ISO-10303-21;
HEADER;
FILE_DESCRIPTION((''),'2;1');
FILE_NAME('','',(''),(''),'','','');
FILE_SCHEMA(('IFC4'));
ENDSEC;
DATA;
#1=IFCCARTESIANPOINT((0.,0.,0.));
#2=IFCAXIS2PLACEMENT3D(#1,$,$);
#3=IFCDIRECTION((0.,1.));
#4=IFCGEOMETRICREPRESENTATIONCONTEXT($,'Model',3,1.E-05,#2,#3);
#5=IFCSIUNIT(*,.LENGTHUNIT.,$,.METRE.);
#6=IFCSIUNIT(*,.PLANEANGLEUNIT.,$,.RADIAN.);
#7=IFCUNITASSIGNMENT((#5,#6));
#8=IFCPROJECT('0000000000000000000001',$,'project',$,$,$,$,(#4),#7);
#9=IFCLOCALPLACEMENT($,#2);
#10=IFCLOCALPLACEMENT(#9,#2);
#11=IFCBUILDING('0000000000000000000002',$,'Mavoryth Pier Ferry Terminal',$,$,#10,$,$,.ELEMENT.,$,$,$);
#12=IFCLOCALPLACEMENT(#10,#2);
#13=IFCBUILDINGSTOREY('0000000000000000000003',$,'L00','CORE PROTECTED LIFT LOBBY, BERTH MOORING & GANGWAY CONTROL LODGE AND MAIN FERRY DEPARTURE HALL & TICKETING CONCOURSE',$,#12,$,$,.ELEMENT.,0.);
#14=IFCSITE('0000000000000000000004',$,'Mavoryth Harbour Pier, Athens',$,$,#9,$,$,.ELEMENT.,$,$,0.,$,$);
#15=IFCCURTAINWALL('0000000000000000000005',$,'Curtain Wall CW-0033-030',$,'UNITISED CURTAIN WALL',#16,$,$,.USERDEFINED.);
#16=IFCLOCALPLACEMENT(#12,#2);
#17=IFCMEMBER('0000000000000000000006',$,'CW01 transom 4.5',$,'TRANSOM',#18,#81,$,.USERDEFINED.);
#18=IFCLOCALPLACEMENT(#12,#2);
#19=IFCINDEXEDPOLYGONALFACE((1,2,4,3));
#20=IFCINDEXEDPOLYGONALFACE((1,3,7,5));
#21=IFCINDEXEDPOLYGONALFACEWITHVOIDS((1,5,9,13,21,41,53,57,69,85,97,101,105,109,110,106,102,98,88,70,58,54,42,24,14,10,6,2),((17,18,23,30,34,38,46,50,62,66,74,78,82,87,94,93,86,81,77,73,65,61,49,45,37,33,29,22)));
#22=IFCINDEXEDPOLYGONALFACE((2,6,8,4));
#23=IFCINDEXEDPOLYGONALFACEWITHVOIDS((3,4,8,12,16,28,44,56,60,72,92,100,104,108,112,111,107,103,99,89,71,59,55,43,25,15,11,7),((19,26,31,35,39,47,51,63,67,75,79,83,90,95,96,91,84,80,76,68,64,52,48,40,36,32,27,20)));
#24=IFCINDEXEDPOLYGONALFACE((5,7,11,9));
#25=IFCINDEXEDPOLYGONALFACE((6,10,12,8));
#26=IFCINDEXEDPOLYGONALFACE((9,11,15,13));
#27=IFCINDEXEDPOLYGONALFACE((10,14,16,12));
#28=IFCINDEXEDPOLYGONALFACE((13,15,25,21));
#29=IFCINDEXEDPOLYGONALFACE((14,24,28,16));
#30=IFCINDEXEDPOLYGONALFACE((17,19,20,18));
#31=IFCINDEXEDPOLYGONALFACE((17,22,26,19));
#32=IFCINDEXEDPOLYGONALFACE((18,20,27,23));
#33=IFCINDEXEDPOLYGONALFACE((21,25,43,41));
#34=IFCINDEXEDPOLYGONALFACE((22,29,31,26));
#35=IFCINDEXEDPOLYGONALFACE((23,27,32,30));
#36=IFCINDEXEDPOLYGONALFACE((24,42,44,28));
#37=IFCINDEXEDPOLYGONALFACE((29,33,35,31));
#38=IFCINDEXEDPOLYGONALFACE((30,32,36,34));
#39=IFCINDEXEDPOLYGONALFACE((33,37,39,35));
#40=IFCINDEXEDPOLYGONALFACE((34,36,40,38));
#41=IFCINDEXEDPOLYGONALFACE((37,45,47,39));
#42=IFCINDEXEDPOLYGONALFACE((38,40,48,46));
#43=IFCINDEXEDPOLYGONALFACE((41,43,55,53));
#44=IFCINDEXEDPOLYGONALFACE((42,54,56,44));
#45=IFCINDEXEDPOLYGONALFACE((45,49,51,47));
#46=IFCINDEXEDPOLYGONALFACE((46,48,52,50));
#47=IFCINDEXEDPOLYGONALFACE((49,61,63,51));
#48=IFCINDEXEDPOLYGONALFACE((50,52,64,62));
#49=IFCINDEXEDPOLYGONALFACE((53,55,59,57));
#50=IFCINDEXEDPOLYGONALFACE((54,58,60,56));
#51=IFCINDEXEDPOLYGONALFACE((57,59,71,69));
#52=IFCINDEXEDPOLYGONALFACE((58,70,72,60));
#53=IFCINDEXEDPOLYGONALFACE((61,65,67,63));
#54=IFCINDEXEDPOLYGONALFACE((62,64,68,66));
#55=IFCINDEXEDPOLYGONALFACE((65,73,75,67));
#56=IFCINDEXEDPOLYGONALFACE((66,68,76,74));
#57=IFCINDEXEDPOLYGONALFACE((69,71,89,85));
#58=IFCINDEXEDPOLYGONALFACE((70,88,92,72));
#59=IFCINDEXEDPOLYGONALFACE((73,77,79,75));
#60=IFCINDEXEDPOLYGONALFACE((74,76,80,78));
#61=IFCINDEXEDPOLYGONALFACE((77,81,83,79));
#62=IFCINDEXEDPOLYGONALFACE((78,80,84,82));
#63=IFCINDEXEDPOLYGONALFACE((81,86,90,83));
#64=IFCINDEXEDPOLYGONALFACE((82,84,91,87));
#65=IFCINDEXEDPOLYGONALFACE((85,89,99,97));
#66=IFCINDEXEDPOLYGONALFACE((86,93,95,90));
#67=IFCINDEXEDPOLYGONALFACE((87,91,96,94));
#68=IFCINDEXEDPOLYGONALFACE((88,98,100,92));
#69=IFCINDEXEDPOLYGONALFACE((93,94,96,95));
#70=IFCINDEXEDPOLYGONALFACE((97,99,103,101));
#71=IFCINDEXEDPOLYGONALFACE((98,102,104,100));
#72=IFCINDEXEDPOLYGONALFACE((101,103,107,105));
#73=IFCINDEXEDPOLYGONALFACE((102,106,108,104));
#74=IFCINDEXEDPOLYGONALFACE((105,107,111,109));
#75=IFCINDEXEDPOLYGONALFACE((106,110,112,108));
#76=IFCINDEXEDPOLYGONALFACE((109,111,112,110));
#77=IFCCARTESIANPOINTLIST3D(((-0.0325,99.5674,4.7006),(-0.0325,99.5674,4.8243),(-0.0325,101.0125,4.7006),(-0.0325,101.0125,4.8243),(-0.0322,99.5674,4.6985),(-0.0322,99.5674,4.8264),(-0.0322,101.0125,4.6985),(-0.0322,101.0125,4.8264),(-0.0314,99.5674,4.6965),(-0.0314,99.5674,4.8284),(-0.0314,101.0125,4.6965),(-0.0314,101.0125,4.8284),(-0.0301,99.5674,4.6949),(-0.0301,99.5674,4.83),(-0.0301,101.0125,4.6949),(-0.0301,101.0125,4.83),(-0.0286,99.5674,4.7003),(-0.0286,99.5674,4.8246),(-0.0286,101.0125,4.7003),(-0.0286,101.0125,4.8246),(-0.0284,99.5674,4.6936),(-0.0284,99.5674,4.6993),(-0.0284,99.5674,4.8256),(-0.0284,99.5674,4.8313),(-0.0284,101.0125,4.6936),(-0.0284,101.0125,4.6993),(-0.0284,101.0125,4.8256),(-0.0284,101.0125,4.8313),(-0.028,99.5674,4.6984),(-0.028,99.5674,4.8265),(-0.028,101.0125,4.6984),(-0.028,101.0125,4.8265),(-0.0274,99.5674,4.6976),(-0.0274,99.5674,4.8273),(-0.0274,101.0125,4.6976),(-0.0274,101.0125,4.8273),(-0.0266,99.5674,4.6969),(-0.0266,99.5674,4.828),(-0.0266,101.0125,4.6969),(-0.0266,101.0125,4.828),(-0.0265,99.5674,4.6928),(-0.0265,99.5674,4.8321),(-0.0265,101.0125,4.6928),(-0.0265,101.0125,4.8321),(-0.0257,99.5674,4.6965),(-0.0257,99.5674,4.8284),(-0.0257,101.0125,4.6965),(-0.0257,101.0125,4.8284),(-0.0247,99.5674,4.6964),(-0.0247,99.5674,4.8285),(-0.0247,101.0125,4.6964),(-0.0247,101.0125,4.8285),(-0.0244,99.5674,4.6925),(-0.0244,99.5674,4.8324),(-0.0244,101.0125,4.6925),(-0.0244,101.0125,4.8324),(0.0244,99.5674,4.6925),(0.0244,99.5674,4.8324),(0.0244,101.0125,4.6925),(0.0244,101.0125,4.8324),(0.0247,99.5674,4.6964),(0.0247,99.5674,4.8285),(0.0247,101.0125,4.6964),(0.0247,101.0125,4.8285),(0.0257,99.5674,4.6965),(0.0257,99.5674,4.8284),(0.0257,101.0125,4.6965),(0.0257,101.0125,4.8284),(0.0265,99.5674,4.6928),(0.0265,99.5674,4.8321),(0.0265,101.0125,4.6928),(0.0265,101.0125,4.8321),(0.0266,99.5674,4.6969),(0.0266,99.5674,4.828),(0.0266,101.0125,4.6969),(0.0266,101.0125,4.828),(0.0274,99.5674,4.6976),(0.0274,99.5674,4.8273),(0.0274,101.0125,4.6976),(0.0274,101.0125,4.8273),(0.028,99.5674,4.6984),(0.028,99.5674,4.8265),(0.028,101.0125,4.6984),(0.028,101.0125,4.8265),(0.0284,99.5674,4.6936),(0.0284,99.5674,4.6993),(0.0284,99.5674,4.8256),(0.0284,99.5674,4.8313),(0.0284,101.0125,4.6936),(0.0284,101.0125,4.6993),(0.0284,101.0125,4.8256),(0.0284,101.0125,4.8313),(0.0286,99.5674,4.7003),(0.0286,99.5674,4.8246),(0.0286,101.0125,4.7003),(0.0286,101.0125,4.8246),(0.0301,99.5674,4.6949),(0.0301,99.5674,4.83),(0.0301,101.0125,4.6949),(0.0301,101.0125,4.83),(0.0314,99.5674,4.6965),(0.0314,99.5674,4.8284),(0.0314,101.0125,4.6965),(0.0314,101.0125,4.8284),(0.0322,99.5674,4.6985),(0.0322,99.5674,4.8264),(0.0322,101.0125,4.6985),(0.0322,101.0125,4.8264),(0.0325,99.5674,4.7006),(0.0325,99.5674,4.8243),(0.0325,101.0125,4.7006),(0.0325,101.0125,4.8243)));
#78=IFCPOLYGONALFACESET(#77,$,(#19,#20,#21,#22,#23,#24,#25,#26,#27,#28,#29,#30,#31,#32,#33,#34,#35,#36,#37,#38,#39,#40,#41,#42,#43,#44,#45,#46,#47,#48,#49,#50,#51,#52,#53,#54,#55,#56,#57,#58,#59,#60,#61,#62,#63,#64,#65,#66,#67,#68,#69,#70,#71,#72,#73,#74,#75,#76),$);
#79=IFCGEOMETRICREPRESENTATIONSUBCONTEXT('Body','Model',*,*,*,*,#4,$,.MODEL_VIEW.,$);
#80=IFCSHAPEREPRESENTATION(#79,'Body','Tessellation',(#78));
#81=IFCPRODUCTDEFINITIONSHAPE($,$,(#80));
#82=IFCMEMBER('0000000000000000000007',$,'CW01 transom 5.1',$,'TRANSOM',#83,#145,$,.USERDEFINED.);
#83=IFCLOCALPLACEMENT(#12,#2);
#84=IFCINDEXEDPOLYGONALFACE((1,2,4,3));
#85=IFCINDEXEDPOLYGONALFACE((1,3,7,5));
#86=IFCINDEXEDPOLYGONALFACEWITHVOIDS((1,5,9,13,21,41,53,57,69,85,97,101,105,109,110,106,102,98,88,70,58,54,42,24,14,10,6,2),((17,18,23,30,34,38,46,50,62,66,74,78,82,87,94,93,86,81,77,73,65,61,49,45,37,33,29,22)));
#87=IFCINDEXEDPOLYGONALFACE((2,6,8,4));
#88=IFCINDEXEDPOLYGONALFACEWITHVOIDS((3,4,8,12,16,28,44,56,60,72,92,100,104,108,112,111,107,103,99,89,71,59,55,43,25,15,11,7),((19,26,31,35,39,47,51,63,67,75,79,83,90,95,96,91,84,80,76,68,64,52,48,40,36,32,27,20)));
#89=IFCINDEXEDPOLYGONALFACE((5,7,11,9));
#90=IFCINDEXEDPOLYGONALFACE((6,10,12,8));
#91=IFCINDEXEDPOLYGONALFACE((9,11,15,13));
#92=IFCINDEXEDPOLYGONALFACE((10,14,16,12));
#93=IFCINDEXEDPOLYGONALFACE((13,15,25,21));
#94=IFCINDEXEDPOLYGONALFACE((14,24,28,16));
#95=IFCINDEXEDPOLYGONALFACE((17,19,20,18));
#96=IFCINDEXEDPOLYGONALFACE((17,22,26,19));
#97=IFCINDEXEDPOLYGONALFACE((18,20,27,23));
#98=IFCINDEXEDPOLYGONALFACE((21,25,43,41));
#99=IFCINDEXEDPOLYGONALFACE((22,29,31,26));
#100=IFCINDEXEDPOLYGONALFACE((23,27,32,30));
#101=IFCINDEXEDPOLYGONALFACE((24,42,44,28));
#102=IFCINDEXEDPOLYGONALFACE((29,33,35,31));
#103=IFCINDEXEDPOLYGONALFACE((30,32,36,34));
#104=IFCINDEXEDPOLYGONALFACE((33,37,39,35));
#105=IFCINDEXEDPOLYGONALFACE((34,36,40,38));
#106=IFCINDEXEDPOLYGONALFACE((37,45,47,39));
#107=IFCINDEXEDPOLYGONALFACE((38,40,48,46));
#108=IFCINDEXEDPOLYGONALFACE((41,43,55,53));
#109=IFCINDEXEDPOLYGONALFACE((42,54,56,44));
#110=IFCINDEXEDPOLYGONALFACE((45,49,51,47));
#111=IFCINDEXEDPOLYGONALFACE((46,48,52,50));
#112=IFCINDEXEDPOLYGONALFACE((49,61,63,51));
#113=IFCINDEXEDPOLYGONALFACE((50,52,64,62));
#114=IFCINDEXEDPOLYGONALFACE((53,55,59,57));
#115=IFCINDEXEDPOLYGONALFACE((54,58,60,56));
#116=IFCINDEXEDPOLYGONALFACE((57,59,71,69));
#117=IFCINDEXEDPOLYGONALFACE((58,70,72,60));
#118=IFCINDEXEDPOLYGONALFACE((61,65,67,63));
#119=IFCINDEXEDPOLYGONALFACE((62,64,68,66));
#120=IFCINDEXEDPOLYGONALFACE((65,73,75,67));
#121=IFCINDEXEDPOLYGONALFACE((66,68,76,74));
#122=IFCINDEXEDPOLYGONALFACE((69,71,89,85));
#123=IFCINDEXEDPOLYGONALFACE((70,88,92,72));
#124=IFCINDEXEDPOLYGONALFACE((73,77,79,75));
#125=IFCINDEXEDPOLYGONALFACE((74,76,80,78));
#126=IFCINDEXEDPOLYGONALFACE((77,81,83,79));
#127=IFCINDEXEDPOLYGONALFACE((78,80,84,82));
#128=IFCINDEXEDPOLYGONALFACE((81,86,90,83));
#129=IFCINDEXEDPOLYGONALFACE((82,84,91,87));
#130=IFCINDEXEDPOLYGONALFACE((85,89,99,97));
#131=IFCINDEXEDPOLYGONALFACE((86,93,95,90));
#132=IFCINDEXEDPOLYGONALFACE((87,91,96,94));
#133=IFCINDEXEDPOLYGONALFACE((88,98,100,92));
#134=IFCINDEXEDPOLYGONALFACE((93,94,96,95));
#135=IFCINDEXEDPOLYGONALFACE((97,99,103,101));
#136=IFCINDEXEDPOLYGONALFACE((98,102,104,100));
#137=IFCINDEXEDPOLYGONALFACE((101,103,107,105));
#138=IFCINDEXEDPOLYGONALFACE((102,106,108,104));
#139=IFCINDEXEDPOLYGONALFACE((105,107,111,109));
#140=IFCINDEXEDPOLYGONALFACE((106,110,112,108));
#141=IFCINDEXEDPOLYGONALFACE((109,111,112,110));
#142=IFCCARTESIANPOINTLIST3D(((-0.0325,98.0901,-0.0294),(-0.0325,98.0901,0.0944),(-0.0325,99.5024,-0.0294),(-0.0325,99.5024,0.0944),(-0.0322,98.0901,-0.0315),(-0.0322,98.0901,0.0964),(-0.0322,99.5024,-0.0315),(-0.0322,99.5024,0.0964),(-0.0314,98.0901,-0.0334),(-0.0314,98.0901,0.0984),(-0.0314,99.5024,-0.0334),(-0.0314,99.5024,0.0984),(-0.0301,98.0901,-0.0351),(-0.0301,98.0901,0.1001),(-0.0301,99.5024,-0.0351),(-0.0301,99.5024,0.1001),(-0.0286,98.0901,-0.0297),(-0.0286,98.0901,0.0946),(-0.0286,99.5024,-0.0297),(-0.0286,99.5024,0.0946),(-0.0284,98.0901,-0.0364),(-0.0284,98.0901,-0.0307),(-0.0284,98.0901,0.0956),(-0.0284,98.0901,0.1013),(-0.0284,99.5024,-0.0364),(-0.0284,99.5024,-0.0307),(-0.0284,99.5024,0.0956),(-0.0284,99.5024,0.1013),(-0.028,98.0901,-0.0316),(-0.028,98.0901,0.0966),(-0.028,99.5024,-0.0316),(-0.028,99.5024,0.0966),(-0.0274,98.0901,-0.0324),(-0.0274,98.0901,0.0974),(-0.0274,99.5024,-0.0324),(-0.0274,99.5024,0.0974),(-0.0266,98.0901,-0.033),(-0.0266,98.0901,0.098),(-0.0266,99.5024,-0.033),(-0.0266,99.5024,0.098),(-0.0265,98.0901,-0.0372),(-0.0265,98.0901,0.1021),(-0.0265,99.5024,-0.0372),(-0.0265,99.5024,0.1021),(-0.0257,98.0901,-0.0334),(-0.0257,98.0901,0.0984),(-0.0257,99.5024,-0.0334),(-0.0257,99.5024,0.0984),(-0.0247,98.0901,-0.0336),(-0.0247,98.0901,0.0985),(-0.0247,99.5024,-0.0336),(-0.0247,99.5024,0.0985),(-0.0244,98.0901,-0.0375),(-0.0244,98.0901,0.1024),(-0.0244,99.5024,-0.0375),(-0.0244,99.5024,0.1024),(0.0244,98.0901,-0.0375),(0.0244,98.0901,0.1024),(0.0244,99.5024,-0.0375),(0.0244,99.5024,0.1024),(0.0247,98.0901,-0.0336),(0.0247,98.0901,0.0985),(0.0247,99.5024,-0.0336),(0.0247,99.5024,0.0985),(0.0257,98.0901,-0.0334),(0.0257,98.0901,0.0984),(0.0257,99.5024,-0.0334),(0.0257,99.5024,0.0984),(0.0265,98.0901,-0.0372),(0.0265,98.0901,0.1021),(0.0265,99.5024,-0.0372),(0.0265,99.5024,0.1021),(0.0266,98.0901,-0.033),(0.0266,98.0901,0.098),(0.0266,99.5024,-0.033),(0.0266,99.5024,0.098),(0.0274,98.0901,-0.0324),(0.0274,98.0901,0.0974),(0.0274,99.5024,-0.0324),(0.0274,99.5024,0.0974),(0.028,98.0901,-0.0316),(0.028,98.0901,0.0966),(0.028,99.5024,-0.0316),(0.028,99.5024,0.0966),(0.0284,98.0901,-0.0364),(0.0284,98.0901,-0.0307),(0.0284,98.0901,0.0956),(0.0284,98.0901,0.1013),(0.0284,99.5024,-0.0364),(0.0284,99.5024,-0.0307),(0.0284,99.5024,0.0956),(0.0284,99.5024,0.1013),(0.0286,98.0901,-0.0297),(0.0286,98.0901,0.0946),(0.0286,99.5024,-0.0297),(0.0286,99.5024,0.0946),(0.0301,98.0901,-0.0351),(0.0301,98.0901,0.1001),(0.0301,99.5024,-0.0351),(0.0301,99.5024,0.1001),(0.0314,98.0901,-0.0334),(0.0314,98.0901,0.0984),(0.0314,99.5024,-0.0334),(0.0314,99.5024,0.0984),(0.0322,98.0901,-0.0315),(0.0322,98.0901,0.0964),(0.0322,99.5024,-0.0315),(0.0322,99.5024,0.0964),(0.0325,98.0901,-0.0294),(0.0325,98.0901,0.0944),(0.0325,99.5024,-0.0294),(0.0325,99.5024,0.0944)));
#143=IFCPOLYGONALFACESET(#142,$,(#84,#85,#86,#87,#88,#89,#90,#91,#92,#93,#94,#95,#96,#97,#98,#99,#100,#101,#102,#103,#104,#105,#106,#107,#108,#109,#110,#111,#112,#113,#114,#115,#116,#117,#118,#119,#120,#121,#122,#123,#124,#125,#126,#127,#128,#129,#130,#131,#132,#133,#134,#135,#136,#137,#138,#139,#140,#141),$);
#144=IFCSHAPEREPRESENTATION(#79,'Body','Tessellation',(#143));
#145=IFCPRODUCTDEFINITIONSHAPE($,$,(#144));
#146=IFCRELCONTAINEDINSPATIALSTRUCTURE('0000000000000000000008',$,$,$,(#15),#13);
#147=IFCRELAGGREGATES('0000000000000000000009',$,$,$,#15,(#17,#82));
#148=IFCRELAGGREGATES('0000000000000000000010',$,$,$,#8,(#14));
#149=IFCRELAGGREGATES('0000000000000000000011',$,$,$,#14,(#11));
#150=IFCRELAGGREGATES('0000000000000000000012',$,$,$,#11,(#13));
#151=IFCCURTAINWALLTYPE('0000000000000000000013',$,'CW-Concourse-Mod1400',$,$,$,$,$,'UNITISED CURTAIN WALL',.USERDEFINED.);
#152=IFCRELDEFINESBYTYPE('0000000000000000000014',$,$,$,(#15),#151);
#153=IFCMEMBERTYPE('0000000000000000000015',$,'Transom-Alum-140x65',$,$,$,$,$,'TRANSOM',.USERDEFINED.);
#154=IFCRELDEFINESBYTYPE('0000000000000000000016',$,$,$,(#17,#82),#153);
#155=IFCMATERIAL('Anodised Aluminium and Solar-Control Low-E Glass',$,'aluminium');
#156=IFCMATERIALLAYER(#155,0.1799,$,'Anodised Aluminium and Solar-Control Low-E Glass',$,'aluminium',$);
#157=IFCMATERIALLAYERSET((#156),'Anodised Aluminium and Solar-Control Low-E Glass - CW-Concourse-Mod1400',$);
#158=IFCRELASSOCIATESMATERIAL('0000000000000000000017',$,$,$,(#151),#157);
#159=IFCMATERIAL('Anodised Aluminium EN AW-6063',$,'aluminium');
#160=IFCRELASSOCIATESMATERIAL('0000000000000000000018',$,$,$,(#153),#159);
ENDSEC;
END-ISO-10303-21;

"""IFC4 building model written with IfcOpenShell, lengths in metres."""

from ifc_helpers import new_model, si_unit, direction, frame, origin, origin_2d, place, context, subcontext, project, spatial, hollow_rectangle, extrude, material, layer, layer_set, material_profile, profile_set, type_object, element, aggregate, save


model = new_model("IFC4")

# Units and contexts
model_context = context("Model", 3, precision=1e-05, world=origin(), true_north=direction((0.0, 1.0)))
body_context = subcontext(model_context, "Body", "Model", "MODEL_VIEW")
ifc_project = project(units=[si_unit("LENGTHUNIT", "METRE"), si_unit("PLANEANGLEUNIT", "RADIAN")], contexts=[model_context])

# Site, building, storey
site_placement = place(None, origin())
site = spatial("IfcSite", under=ifc_project, at=site_placement, Name="Mavoryth Harbour Pier, Athens", CompositionType="ELEMENT", RefElevation=0.0)
building_placement = place(site_placement, origin())
building = spatial("IfcBuilding", under=site, at=building_placement, Name="Mavoryth Pier Ferry Terminal", CompositionType="ELEMENT")
storey_placement = place(building_placement, origin())
storey = spatial("IfcBuildingStorey", under=building, at=storey_placement, Name="L00", Description="CORE PROTECTED LIFT LOBBY, BERTH MOORING & GANGWAY CONTROL LODGE AND MAIN FERRY DEPARTURE HALL & TICKETING CONCOURSE", CompositionType="ELEMENT", Elevation=0.0)

# Curtain wall, members
ifc_material_1 = material(Name="Anodised Aluminium and Solar-Control Low-E Glass", Category="aluminium")
ifc_layer_1 = layer(ifc_material_1, 0.1799, Name="Anodised Aluminium and Solar-Control Low-E Glass", Category="aluminium")
ifc_layer_set_1 = layer_set([ifc_layer_1], Name="Anodised Aluminium and Solar-Control Low-E Glass - CW-Concourse-Mod1400")
curtain_wall_type = type_object("IfcCurtainWallType", Name="CW-Concourse-Mod1400", ElementType="UNITISED CURTAIN WALL", PredefinedType="USERDEFINED", material=ifc_layer_set_1)
curtain_wall_placement = place(storey_placement, origin())
curtain_wall = element("IfcCurtainWall", 1, at=curtain_wall_placement, inside=storey, type_object=curtain_wall_type, Name="Curtain Wall CW-0033-030", ObjectType="UNITISED CURTAIN WALL", PredefinedType="USERDEFINED")
ifc_material_2 = material(Name="Anodised Aluminium EN AW-6063", Category="aluminium")
ifc_material_profile_1 = material_profile(ifc_material_2, hollow_rectangle(XDim=0.0649, YDim=0.1399, WallThickness=0.0039, InnerFilletRadius=0.0039, OuterFilletRadius=0.0081, at=origin_2d()), Name="AL-TRAN 140x65x4", Category="aluminium")
ifc_profile_set_1 = profile_set([ifc_material_profile_1], Name="Anodised Aluminium EN AW-6063 - AL-TRAN 140x65x4")
member_type_1 = type_object("IfcMemberType", Name="Transom-Alum-140x65", ElementType="TRANSOM", PredefinedType="USERDEFINED", material=ifc_profile_set_1)
member_1_placement = place(storey_placement, frame((0.0, 101.0125, 4.7625), z_axis=(0.0, -1.0, 0.0), x_axis=(1.0, 0.0, 0.0)))
member_1 = element("IfcMember", 2, at=member_1_placement, type_object=member_type_1, Name="CW01 transom 4.5", ObjectType="TRANSOM", PredefinedType="USERDEFINED", context=body_context, shape_type="SweptSolid", body=[
    extrude(hollow_rectangle(XDim=0.0649, YDim=0.1399, WallThickness=0.0039, InnerFilletRadius=0.0039, OuterFilletRadius=0.0081, at=origin_2d()), origin(), (0.0, 0.0, 1.0), 1.4451),
])
member_2_placement = place(storey_placement, frame((0.0, 99.5024, 0.0325), z_axis=(0.0, -1.0, 0.0), x_axis=(1.0, 0.0, 0.0)))
member_2 = element("IfcMember", 3, at=member_2_placement, type_object=member_type_1, Name="CW01 transom 5.1", ObjectType="TRANSOM", PredefinedType="USERDEFINED", context=body_context, shape_type="SweptSolid", body=[
    extrude(hollow_rectangle(XDim=0.0649, YDim=0.1399, WallThickness=0.0039, InnerFilletRadius=0.0039, OuterFilletRadius=0.0081, at=origin_2d()), origin(), (0.0, 0.0, 1.0), 1.4124),
])
aggregate(curtain_wall, [member_1, member_2])

save(model, "model.ifc")
